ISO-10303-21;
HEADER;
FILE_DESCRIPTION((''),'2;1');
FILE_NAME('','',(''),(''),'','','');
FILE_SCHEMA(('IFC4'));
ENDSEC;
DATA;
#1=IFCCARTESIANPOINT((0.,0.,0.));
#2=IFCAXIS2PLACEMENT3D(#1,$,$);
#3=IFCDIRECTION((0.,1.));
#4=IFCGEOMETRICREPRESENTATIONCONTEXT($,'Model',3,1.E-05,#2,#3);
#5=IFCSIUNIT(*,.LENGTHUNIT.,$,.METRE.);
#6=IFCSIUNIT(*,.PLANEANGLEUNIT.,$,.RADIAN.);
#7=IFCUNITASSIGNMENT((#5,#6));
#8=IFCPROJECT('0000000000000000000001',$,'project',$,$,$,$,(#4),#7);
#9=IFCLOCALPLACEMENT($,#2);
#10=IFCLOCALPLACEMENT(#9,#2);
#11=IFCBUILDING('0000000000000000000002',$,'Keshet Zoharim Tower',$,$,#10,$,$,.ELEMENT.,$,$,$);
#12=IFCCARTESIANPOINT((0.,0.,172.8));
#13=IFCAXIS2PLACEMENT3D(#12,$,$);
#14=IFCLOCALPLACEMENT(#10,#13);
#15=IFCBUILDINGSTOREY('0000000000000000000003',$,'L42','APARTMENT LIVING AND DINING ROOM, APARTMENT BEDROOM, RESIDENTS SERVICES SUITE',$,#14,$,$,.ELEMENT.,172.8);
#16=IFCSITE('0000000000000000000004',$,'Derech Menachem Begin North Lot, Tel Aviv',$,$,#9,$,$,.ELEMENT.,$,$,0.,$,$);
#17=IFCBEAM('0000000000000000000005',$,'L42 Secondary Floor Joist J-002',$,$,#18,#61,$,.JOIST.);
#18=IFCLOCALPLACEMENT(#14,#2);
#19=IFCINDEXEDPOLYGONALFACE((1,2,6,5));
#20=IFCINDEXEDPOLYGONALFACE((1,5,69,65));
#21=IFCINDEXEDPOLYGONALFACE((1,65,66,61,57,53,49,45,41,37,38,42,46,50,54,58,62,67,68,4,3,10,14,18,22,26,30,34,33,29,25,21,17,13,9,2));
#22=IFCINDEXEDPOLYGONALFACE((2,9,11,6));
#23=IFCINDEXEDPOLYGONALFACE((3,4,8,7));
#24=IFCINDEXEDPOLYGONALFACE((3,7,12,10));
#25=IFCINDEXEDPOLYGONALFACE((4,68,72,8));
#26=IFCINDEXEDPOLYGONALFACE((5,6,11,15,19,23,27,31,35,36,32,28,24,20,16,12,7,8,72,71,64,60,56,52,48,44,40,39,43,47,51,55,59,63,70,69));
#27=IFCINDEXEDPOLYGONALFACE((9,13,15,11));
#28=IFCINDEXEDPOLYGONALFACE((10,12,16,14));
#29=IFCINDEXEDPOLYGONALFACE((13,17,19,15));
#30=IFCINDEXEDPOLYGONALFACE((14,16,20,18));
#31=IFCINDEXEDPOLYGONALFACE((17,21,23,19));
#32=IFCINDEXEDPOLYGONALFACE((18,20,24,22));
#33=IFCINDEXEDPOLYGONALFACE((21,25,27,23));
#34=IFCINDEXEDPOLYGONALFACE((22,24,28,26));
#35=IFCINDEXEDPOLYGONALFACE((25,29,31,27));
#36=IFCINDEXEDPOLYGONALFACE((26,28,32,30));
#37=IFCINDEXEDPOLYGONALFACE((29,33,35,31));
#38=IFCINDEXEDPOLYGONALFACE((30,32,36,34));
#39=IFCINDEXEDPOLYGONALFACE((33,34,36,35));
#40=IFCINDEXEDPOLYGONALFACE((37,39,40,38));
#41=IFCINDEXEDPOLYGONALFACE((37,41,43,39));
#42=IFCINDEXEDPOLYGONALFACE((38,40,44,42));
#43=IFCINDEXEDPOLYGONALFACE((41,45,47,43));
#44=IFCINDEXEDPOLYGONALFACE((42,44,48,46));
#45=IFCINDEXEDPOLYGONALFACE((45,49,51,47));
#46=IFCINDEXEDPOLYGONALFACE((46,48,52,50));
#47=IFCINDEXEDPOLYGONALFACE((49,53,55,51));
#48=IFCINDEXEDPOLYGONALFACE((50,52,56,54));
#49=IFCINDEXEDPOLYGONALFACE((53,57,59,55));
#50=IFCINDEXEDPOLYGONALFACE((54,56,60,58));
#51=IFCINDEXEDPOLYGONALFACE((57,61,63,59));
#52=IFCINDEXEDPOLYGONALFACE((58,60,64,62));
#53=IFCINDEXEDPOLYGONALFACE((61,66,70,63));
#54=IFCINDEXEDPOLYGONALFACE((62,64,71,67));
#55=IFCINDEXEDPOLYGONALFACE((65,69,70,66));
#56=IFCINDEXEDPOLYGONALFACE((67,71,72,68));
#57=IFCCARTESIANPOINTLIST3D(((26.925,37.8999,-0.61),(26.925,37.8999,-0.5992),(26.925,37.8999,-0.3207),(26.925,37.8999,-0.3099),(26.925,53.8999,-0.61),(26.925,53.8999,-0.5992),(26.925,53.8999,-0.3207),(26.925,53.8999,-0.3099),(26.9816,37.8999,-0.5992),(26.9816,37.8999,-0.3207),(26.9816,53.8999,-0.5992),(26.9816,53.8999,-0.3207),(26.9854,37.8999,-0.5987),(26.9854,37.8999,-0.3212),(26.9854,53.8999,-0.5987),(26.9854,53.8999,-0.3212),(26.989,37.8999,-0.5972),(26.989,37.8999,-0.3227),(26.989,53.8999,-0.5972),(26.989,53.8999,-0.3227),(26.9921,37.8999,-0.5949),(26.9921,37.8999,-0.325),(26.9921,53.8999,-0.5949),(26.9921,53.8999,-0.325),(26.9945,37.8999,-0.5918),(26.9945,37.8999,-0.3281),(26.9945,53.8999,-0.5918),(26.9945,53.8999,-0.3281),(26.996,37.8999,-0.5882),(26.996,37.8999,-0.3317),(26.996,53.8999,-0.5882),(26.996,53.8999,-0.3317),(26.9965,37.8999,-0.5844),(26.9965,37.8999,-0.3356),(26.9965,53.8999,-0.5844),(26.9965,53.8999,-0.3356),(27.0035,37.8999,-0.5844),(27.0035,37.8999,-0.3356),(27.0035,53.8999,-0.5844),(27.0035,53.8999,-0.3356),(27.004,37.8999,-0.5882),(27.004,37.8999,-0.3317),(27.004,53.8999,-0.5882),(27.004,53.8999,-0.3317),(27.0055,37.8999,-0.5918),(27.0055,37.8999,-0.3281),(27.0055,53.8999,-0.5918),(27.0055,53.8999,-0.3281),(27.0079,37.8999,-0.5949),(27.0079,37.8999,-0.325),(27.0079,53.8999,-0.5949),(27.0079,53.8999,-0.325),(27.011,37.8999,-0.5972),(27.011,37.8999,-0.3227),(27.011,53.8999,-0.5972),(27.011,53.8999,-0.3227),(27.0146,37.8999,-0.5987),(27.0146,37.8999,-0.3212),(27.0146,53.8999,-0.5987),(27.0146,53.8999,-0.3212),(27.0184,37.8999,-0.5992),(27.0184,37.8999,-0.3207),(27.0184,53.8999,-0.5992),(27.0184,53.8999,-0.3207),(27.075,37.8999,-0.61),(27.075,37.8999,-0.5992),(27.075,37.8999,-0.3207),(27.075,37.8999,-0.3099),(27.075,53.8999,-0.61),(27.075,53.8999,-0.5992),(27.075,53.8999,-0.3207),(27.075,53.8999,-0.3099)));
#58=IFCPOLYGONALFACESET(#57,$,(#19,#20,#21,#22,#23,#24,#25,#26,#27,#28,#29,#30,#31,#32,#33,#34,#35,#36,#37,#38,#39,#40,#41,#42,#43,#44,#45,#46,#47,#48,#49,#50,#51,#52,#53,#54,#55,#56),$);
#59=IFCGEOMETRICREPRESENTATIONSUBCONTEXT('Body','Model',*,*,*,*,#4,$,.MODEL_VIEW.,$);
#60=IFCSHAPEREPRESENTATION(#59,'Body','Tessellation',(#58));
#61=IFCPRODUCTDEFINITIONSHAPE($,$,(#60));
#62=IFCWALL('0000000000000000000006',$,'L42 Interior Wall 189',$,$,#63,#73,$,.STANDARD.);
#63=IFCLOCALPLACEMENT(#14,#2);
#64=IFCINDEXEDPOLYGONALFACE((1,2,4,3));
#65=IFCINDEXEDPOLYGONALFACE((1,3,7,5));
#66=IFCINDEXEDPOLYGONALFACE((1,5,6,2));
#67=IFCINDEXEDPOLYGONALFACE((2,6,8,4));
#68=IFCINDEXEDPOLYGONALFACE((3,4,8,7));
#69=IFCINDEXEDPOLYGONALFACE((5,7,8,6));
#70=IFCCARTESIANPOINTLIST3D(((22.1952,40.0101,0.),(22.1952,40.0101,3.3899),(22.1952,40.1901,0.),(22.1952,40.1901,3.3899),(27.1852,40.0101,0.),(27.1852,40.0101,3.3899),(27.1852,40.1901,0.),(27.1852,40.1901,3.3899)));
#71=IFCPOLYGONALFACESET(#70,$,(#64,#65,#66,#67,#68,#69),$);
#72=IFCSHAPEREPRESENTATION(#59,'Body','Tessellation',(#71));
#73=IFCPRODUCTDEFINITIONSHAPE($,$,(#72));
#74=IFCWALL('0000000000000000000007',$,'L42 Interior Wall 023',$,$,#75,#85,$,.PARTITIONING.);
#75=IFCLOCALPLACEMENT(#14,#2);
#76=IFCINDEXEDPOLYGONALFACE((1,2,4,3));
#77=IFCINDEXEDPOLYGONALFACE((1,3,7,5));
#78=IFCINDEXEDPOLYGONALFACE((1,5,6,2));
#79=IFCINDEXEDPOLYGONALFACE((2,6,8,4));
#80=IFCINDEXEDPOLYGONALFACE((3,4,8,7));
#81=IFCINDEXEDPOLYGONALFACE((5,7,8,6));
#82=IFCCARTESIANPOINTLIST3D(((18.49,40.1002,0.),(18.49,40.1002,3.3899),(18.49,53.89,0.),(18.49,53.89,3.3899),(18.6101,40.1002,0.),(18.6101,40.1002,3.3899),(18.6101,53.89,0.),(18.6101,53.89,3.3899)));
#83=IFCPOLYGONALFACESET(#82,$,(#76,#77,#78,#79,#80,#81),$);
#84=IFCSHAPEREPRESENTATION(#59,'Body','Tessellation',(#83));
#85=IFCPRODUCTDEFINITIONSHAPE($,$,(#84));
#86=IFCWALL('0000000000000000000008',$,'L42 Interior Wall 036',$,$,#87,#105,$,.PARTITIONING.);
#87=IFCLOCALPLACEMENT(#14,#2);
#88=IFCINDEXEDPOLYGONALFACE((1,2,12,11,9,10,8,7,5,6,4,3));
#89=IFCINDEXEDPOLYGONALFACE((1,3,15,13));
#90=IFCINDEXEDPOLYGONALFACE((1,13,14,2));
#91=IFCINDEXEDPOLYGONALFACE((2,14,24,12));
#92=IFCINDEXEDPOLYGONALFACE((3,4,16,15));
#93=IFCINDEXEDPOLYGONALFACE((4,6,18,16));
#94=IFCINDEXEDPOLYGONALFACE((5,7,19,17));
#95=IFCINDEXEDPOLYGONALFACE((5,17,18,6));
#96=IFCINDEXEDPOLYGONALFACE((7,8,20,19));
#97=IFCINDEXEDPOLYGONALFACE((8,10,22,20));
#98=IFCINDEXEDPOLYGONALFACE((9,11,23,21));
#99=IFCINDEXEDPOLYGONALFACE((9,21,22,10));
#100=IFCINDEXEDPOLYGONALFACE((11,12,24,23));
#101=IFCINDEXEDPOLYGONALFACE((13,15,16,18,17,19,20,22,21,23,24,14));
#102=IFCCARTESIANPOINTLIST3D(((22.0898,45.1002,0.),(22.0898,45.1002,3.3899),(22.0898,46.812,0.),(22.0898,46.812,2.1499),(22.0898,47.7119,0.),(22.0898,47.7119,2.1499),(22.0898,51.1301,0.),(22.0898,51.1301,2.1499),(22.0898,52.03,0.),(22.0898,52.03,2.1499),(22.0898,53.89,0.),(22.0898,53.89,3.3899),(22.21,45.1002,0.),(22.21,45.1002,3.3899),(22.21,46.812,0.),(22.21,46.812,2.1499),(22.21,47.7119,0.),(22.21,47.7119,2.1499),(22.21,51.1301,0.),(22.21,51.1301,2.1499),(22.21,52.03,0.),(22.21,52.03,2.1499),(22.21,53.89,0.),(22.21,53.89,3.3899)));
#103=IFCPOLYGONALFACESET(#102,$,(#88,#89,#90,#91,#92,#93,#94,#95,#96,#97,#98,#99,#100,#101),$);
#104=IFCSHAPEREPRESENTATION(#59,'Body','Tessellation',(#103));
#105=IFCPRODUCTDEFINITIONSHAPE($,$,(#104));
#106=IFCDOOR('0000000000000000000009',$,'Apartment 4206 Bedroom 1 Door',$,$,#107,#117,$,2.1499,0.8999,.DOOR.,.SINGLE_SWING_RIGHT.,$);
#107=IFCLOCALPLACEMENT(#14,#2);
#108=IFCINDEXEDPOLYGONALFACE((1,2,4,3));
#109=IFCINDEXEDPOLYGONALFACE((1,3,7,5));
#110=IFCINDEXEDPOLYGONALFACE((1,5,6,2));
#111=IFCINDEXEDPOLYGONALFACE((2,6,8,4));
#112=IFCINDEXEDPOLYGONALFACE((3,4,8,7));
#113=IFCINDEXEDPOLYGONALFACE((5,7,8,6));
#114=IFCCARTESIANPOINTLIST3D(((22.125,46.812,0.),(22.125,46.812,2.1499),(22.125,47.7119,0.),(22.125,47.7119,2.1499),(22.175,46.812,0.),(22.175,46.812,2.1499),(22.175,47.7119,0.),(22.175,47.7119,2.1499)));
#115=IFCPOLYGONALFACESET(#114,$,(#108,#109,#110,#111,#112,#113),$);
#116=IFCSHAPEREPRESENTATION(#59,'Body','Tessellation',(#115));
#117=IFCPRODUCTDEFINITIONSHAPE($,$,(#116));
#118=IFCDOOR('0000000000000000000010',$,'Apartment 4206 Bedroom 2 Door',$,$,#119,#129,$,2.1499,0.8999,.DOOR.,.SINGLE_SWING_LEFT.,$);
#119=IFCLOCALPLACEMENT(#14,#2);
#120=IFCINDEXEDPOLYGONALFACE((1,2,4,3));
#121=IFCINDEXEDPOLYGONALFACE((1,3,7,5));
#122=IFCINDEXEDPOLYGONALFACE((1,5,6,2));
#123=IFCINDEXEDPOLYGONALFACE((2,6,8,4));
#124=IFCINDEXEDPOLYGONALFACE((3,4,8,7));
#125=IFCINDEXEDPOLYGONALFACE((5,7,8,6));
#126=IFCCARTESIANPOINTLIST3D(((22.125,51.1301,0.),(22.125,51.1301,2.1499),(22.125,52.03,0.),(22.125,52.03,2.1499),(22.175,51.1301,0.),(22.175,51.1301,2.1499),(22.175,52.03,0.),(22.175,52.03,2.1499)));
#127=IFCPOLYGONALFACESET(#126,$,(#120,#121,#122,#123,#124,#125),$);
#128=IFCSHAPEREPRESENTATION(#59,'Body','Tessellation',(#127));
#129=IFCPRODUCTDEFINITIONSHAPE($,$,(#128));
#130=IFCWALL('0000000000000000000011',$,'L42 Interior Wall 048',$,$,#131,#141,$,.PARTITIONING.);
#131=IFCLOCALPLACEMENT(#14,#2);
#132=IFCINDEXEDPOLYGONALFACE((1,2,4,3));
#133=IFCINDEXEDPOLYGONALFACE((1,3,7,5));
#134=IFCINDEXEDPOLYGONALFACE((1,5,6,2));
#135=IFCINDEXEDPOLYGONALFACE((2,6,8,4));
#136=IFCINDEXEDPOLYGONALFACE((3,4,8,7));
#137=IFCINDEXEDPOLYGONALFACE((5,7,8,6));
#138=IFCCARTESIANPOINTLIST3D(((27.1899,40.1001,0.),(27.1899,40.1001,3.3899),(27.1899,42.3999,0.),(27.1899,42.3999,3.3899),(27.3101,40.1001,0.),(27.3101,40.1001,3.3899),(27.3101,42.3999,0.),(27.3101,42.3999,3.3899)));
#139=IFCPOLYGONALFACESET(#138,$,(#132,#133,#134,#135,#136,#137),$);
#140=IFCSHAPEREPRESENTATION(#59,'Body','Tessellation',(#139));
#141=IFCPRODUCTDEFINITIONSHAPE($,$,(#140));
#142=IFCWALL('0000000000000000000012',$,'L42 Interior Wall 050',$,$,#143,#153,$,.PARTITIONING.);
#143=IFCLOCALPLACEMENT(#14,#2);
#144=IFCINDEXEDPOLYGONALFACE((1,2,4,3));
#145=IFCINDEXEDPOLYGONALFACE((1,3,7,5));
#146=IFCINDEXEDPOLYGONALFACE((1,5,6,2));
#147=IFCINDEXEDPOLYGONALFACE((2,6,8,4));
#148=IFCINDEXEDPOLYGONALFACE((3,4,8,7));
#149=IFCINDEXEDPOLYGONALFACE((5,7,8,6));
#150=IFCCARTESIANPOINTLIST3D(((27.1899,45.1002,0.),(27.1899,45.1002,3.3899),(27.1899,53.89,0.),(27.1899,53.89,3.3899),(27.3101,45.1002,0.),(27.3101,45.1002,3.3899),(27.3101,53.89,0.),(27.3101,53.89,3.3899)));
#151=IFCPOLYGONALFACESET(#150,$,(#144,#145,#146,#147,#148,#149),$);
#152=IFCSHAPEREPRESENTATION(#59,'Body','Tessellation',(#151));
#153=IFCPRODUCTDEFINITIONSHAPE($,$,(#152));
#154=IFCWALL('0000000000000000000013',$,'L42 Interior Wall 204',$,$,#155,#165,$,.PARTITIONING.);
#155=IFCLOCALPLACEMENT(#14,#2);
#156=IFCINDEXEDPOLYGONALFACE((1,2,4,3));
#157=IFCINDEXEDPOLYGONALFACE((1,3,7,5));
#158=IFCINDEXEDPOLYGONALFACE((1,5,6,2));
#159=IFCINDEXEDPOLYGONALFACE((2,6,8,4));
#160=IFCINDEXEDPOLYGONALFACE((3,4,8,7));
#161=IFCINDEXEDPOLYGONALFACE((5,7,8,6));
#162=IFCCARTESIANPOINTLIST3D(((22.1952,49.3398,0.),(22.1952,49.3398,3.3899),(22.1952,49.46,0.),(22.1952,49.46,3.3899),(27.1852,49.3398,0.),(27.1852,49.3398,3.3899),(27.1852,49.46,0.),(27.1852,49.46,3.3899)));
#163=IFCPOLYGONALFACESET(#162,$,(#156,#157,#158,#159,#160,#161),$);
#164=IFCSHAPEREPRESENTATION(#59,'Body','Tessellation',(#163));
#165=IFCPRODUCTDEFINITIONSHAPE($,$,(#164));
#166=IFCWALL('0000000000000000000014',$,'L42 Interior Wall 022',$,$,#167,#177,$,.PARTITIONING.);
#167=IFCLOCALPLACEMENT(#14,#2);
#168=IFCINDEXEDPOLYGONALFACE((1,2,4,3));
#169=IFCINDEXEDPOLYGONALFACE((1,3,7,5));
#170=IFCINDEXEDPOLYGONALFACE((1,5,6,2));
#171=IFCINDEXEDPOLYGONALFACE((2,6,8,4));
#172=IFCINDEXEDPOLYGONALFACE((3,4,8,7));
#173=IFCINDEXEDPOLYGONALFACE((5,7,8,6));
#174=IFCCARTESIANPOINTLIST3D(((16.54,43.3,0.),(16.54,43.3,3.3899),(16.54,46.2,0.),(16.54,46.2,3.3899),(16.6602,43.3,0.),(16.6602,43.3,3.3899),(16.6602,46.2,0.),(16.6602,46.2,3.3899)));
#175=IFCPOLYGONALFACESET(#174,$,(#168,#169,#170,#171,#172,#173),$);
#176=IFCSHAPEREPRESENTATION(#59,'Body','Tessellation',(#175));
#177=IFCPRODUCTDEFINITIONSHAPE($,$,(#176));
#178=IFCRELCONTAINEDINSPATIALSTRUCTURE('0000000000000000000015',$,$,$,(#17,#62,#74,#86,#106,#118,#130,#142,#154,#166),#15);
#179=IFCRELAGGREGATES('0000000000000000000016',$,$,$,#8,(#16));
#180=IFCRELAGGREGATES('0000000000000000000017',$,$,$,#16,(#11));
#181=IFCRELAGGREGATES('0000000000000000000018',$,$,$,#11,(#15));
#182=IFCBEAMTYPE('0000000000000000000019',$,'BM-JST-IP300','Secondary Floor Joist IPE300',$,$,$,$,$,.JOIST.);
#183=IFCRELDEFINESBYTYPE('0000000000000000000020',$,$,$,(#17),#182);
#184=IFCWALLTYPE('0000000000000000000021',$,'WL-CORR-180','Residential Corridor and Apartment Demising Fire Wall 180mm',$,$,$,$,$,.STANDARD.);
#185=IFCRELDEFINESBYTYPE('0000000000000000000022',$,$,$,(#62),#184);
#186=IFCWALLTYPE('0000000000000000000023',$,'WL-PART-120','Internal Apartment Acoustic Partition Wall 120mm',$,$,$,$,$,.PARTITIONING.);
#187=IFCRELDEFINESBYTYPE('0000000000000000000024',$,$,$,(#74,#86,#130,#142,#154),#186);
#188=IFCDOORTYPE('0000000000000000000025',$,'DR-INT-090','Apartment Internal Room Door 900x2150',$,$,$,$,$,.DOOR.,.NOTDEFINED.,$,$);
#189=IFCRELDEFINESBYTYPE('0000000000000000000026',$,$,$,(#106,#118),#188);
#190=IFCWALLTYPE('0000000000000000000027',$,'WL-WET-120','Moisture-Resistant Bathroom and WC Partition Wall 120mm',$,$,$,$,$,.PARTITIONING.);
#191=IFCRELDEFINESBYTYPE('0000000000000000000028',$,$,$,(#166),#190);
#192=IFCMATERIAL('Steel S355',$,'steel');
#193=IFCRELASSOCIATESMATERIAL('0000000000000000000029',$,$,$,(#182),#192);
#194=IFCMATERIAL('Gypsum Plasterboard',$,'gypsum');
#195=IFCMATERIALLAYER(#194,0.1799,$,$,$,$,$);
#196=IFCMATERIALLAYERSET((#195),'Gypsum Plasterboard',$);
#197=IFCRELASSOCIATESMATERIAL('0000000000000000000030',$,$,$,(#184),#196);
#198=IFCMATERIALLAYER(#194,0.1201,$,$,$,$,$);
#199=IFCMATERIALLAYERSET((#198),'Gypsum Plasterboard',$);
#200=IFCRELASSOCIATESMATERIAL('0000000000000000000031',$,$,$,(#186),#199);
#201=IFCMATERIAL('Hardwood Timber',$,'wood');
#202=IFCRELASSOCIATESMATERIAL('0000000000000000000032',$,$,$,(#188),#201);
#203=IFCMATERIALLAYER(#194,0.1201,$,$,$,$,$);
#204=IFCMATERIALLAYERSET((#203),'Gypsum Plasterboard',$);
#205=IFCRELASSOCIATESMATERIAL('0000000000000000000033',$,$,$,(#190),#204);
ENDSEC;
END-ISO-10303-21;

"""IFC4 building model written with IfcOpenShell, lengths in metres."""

from ifc_helpers import new_model, si_unit, direction, frame, frame_2d, origin, origin_2d, place, context, subcontext, project, spatial, rectangle, i_section, extrude, material, layer, layer_set, material_profile, profile_set, type_object, element, fill, save


model = new_model("IFC4")

# Units and contexts
model_context = context("Model", 3, precision=1e-05, world=origin(), true_north=direction((0.0, 1.0)))
body_context = subcontext(model_context, "Body", "Model", "MODEL_VIEW")
ifc_project = project(units=[si_unit("LENGTHUNIT", "METRE"), si_unit("PLANEANGLEUNIT", "RADIAN")], contexts=[model_context])

# Site, building, storey
site_placement = place(None, origin())
site = spatial("IfcSite", under=ifc_project, at=site_placement, Name="Derech Menachem Begin North Lot, Tel Aviv", CompositionType="ELEMENT", RefElevation=0.0)
building_placement = place(site_placement, origin())
building = spatial("IfcBuilding", under=site, at=building_placement, Name="Keshet Zoharim Tower", CompositionType="ELEMENT")
storey_placement = place(building_placement, frame((0.0, 0.0, 172.8)))
storey = spatial("IfcBuildingStorey", under=building, at=storey_placement, Name="L42", Description="APARTMENT LIVING AND DINING ROOM, APARTMENT BEDROOM, RESIDENTS SERVICES SUITE", CompositionType="ELEMENT", Elevation=172.8)

# Beam
ifc_material_1 = material(Name="Steel S355", Category="steel")
ifc_material_profile = material_profile(ifc_material_1, i_section(OverallWidth=0.1499, OverallDepth=0.3, WebThickness=0.0071, FlangeThickness=0.0107, FilletRadius=0.0149, at=origin_2d()), Name="IPE300")
ifc_profile_set = profile_set([ifc_material_profile], Name="Steel S355")
beam_type = type_object("IfcBeamType", Name="BM-JST-IP300", Description="Secondary Floor Joist IPE300", PredefinedType="JOIST", material=ifc_profile_set)
beam_placement = place(storey_placement, frame((27.0, 37.8999, -0.46), z_axis=(0.0, 1.0, 0.0), x_axis=(-1.0, 0.0, 0.0)))
element("IfcBeam", 1, at=beam_placement, inside=storey, type_object=beam_type, Name="L42 Secondary Floor Joist J-002", PredefinedType="JOIST", context=body_context, shape_type="SweptSolid", body=[
    extrude(i_section(OverallWidth=0.1499, OverallDepth=0.3, WebThickness=0.0071, FlangeThickness=0.0107, FilletRadius=0.0149, at=origin_2d()), origin(), (0.0, 0.0, 1.0), 16.0),
])

# Shared definitions
ifc_material_2 = material(Name="Gypsum Plasterboard", Category="gypsum")
ifc_layer_1 = layer(ifc_material_2, 0.1799)
ifc_layer_set_1 = layer_set([ifc_layer_1], Name="Gypsum Plasterboard")
wall_type_1 = type_object("IfcWallType", Name="WL-CORR-180", Description="Residential Corridor and Apartment Demising Fire Wall 180mm", PredefinedType="STANDARD", material=ifc_layer_set_1)
ifc_material_3 = material(Name="Hardwood Timber", Category="wood")

# Walls
wall_1_placement = place(storey_placement, frame((22.1951, 40.1001, 0.0), z_axis=(0.0, 0.0, 1.0), x_axis=(1.0, 0.0, 0.0)))
element("IfcWall", 2, at=wall_1_placement, inside=storey, type_object=wall_type_1, Name="L42 Interior Wall 189", PredefinedType="STANDARD", context=body_context, shape_type="SweptSolid", body=[
    extrude(rectangle(XDim=4.99, YDim=0.1799, at=frame_2d((2.4951, 0.0))), origin(), (0.0, 0.0, 1.0), 3.3899),
])
ifc_layer_2 = layer(ifc_material_2, 0.1201)
ifc_layer_set_2 = layer_set([ifc_layer_2], Name="Gypsum Plasterboard")
wall_type_2 = type_object("IfcWallType", Name="WL-PART-120", Description="Internal Apartment Acoustic Partition Wall 120mm", PredefinedType="PARTITIONING", material=ifc_layer_set_2)
wall_2_placement = place(storey_placement, frame((18.55, 40.1001, 0.0), z_axis=(0.0, 0.0, 1.0), x_axis=(0.0, 1.0, 0.0)))
element("IfcWall", 3, at=wall_2_placement, inside=storey, type_object=wall_type_2, Name="L42 Interior Wall 023", PredefinedType="PARTITIONING", context=body_context, shape_type="SweptSolid", body=[
    extrude(rectangle(XDim=13.7898, YDim=0.1201, at=frame_2d((6.895, 0.0))), origin(), (0.0, 0.0, 1.0), 3.3899),
])

# Shared definitions
door_type_1 = type_object("IfcDoorType", Name="DR-INT-090", Description="Apartment Internal Room Door 900x2150", OperationType="NOTDEFINED", PredefinedType="DOOR", material=ifc_material_3)

# Wall, openings, doors
wall_3_placement = place(storey_placement, frame((22.1499, 45.1001, 0.0), z_axis=(0.0, 0.0, 1.0), x_axis=(0.0, 1.0, 0.0)))
wall_3 = element("IfcWall", 4, at=wall_3_placement, inside=storey, type_object=wall_type_2, Name="L42 Interior Wall 036", PredefinedType="PARTITIONING", context=body_context, shape_type="SweptSolid", body=[
    extrude(rectangle(XDim=8.7898, YDim=0.1201, at=frame_2d((4.395, 0.0))), origin(), (0.0, 0.0, 1.0), 3.3899),
])
opening_1_placement = place(wall_3_placement, frame((1.7119, 0.0, 0.0)))
opening_1 = element("IfcOpeningElement", 5, at=opening_1_placement, cuts=wall_3, PredefinedType="OPENING", context=body_context, shape_type="SweptSolid", body=[
    extrude(rectangle(XDim=0.8999, YDim=2.1499, at=frame_2d((0.45, 1.075))), frame((0.0, 0.0701, 0.0), z_axis=(0.0, -1.0, 0.0), x_axis=(1.0, 0.0, 0.0)), (0.0, 0.0, 1.0), 0.1401),
])
opening_2_placement = place(wall_3_placement, frame((6.03, 0.0, 0.0)))
opening_2 = element("IfcOpeningElement", 6, at=opening_2_placement, cuts=wall_3, PredefinedType="OPENING", context=body_context, shape_type="SweptSolid", body=[
    extrude(rectangle(XDim=0.8999, YDim=2.1499, at=frame_2d((0.45, 1.075))), frame((0.0, 0.0701, 0.0), z_axis=(0.0, -1.0, 0.0), x_axis=(1.0, 0.0, 0.0)), (0.0, 0.0, 1.0), 0.1401),
])
door_1_placement = place(opening_1_placement, origin())
door_1 = element("IfcDoor", 7, at=door_1_placement, inside=storey, type_object=door_type_1, Name="Apartment 4206 Bedroom 1 Door", OperationType="SINGLE_SWING_RIGHT", OverallHeight=2.1499, OverallWidth=0.8999, PredefinedType="DOOR", context=body_context, shape_type="SweptSolid", body=[
    extrude(rectangle(XDim=0.8999, YDim=2.1499, at=frame_2d((0.45, 1.075))), frame((0.0, 0.0249, 0.0), z_axis=(0.0, -1.0, 0.0), x_axis=(1.0, 0.0, 0.0)), (0.0, 0.0, 1.0), 0.05),
])
fill(opening_1, door_1)
door_2_placement = place(opening_2_placement, origin())
door_2 = element("IfcDoor", 8, at=door_2_placement, inside=storey, type_object=door_type_1, Name="Apartment 4206 Bedroom 2 Door", OperationType="SINGLE_SWING_LEFT", OverallHeight=2.1499, OverallWidth=0.8999, PredefinedType="DOOR", context=body_context, shape_type="SweptSolid", body=[
    extrude(rectangle(XDim=0.8999, YDim=2.1499, at=frame_2d((0.45, 1.075))), frame((0.0, 0.0249, 0.0), z_axis=(0.0, -1.0, 0.0), x_axis=(1.0, 0.0, 0.0)), (0.0, 0.0, 1.0), 0.05),
])
fill(opening_2, door_2)

# Walls
wall_4_placement = place(storey_placement, frame((27.25, 40.1001, 0.0), z_axis=(0.0, 0.0, 1.0), x_axis=(0.0, 1.0, 0.0)))
element("IfcWall", 9, at=wall_4_placement, inside=storey, type_object=wall_type_2, Name="L42 Interior Wall 048", PredefinedType="PARTITIONING", context=body_context, shape_type="SweptSolid", body=[
    extrude(rectangle(XDim=2.2998, YDim=0.1201, at=frame_2d((1.1499, 0.0))), origin(), (0.0, 0.0, 1.0), 3.3899),
])
wall_5_placement = place(storey_placement, frame((27.25, 45.1001, 0.0), z_axis=(0.0, 0.0, 1.0), x_axis=(0.0, 1.0, 0.0)))
element("IfcWall", 10, at=wall_5_placement, inside=storey, type_object=wall_type_2, Name="L42 Interior Wall 050", PredefinedType="PARTITIONING", context=body_context, shape_type="SweptSolid", body=[
    extrude(rectangle(XDim=8.7898, YDim=0.1201, at=frame_2d((4.395, 0.0))), origin(), (0.0, 0.0, 1.0), 3.3899),
])
wall_6_placement = place(storey_placement, frame((22.1951, 49.3999, 0.0), z_axis=(0.0, 0.0, 1.0), x_axis=(1.0, 0.0, 0.0)))
element("IfcWall", 11, at=wall_6_placement, inside=storey, type_object=wall_type_2, Name="L42 Interior Wall 204", PredefinedType="PARTITIONING", context=body_context, shape_type="SweptSolid", body=[
    extrude(rectangle(XDim=4.99, YDim=0.1201, at=frame_2d((2.4951, 0.0))), origin(), (0.0, 0.0, 1.0), 3.3899),
])
ifc_layer_3 = layer(ifc_material_2, 0.1201)
ifc_layer_set_3 = layer_set([ifc_layer_3], Name="Gypsum Plasterboard")
wall_type_3 = type_object("IfcWallType", Name="WL-WET-120", Description="Moisture-Resistant Bathroom and WC Partition Wall 120mm", PredefinedType="PARTITIONING", material=ifc_layer_set_3)
wall_7_placement = place(storey_placement, frame((16.6001, 43.3, 0.0), z_axis=(0.0, 0.0, 1.0), x_axis=(0.0, 1.0, 0.0)))
element("IfcWall", 12, at=wall_7_placement, inside=storey, type_object=wall_type_3, Name="L42 Interior Wall 022", PredefinedType="PARTITIONING", context=body_context, shape_type="SweptSolid", body=[
    extrude(rectangle(XDim=2.8999, YDim=0.1201, at=frame_2d((1.45, 0.0))), origin(), (0.0, 0.0, 1.0), 3.3899),
])

save(model, "model.ifc")
